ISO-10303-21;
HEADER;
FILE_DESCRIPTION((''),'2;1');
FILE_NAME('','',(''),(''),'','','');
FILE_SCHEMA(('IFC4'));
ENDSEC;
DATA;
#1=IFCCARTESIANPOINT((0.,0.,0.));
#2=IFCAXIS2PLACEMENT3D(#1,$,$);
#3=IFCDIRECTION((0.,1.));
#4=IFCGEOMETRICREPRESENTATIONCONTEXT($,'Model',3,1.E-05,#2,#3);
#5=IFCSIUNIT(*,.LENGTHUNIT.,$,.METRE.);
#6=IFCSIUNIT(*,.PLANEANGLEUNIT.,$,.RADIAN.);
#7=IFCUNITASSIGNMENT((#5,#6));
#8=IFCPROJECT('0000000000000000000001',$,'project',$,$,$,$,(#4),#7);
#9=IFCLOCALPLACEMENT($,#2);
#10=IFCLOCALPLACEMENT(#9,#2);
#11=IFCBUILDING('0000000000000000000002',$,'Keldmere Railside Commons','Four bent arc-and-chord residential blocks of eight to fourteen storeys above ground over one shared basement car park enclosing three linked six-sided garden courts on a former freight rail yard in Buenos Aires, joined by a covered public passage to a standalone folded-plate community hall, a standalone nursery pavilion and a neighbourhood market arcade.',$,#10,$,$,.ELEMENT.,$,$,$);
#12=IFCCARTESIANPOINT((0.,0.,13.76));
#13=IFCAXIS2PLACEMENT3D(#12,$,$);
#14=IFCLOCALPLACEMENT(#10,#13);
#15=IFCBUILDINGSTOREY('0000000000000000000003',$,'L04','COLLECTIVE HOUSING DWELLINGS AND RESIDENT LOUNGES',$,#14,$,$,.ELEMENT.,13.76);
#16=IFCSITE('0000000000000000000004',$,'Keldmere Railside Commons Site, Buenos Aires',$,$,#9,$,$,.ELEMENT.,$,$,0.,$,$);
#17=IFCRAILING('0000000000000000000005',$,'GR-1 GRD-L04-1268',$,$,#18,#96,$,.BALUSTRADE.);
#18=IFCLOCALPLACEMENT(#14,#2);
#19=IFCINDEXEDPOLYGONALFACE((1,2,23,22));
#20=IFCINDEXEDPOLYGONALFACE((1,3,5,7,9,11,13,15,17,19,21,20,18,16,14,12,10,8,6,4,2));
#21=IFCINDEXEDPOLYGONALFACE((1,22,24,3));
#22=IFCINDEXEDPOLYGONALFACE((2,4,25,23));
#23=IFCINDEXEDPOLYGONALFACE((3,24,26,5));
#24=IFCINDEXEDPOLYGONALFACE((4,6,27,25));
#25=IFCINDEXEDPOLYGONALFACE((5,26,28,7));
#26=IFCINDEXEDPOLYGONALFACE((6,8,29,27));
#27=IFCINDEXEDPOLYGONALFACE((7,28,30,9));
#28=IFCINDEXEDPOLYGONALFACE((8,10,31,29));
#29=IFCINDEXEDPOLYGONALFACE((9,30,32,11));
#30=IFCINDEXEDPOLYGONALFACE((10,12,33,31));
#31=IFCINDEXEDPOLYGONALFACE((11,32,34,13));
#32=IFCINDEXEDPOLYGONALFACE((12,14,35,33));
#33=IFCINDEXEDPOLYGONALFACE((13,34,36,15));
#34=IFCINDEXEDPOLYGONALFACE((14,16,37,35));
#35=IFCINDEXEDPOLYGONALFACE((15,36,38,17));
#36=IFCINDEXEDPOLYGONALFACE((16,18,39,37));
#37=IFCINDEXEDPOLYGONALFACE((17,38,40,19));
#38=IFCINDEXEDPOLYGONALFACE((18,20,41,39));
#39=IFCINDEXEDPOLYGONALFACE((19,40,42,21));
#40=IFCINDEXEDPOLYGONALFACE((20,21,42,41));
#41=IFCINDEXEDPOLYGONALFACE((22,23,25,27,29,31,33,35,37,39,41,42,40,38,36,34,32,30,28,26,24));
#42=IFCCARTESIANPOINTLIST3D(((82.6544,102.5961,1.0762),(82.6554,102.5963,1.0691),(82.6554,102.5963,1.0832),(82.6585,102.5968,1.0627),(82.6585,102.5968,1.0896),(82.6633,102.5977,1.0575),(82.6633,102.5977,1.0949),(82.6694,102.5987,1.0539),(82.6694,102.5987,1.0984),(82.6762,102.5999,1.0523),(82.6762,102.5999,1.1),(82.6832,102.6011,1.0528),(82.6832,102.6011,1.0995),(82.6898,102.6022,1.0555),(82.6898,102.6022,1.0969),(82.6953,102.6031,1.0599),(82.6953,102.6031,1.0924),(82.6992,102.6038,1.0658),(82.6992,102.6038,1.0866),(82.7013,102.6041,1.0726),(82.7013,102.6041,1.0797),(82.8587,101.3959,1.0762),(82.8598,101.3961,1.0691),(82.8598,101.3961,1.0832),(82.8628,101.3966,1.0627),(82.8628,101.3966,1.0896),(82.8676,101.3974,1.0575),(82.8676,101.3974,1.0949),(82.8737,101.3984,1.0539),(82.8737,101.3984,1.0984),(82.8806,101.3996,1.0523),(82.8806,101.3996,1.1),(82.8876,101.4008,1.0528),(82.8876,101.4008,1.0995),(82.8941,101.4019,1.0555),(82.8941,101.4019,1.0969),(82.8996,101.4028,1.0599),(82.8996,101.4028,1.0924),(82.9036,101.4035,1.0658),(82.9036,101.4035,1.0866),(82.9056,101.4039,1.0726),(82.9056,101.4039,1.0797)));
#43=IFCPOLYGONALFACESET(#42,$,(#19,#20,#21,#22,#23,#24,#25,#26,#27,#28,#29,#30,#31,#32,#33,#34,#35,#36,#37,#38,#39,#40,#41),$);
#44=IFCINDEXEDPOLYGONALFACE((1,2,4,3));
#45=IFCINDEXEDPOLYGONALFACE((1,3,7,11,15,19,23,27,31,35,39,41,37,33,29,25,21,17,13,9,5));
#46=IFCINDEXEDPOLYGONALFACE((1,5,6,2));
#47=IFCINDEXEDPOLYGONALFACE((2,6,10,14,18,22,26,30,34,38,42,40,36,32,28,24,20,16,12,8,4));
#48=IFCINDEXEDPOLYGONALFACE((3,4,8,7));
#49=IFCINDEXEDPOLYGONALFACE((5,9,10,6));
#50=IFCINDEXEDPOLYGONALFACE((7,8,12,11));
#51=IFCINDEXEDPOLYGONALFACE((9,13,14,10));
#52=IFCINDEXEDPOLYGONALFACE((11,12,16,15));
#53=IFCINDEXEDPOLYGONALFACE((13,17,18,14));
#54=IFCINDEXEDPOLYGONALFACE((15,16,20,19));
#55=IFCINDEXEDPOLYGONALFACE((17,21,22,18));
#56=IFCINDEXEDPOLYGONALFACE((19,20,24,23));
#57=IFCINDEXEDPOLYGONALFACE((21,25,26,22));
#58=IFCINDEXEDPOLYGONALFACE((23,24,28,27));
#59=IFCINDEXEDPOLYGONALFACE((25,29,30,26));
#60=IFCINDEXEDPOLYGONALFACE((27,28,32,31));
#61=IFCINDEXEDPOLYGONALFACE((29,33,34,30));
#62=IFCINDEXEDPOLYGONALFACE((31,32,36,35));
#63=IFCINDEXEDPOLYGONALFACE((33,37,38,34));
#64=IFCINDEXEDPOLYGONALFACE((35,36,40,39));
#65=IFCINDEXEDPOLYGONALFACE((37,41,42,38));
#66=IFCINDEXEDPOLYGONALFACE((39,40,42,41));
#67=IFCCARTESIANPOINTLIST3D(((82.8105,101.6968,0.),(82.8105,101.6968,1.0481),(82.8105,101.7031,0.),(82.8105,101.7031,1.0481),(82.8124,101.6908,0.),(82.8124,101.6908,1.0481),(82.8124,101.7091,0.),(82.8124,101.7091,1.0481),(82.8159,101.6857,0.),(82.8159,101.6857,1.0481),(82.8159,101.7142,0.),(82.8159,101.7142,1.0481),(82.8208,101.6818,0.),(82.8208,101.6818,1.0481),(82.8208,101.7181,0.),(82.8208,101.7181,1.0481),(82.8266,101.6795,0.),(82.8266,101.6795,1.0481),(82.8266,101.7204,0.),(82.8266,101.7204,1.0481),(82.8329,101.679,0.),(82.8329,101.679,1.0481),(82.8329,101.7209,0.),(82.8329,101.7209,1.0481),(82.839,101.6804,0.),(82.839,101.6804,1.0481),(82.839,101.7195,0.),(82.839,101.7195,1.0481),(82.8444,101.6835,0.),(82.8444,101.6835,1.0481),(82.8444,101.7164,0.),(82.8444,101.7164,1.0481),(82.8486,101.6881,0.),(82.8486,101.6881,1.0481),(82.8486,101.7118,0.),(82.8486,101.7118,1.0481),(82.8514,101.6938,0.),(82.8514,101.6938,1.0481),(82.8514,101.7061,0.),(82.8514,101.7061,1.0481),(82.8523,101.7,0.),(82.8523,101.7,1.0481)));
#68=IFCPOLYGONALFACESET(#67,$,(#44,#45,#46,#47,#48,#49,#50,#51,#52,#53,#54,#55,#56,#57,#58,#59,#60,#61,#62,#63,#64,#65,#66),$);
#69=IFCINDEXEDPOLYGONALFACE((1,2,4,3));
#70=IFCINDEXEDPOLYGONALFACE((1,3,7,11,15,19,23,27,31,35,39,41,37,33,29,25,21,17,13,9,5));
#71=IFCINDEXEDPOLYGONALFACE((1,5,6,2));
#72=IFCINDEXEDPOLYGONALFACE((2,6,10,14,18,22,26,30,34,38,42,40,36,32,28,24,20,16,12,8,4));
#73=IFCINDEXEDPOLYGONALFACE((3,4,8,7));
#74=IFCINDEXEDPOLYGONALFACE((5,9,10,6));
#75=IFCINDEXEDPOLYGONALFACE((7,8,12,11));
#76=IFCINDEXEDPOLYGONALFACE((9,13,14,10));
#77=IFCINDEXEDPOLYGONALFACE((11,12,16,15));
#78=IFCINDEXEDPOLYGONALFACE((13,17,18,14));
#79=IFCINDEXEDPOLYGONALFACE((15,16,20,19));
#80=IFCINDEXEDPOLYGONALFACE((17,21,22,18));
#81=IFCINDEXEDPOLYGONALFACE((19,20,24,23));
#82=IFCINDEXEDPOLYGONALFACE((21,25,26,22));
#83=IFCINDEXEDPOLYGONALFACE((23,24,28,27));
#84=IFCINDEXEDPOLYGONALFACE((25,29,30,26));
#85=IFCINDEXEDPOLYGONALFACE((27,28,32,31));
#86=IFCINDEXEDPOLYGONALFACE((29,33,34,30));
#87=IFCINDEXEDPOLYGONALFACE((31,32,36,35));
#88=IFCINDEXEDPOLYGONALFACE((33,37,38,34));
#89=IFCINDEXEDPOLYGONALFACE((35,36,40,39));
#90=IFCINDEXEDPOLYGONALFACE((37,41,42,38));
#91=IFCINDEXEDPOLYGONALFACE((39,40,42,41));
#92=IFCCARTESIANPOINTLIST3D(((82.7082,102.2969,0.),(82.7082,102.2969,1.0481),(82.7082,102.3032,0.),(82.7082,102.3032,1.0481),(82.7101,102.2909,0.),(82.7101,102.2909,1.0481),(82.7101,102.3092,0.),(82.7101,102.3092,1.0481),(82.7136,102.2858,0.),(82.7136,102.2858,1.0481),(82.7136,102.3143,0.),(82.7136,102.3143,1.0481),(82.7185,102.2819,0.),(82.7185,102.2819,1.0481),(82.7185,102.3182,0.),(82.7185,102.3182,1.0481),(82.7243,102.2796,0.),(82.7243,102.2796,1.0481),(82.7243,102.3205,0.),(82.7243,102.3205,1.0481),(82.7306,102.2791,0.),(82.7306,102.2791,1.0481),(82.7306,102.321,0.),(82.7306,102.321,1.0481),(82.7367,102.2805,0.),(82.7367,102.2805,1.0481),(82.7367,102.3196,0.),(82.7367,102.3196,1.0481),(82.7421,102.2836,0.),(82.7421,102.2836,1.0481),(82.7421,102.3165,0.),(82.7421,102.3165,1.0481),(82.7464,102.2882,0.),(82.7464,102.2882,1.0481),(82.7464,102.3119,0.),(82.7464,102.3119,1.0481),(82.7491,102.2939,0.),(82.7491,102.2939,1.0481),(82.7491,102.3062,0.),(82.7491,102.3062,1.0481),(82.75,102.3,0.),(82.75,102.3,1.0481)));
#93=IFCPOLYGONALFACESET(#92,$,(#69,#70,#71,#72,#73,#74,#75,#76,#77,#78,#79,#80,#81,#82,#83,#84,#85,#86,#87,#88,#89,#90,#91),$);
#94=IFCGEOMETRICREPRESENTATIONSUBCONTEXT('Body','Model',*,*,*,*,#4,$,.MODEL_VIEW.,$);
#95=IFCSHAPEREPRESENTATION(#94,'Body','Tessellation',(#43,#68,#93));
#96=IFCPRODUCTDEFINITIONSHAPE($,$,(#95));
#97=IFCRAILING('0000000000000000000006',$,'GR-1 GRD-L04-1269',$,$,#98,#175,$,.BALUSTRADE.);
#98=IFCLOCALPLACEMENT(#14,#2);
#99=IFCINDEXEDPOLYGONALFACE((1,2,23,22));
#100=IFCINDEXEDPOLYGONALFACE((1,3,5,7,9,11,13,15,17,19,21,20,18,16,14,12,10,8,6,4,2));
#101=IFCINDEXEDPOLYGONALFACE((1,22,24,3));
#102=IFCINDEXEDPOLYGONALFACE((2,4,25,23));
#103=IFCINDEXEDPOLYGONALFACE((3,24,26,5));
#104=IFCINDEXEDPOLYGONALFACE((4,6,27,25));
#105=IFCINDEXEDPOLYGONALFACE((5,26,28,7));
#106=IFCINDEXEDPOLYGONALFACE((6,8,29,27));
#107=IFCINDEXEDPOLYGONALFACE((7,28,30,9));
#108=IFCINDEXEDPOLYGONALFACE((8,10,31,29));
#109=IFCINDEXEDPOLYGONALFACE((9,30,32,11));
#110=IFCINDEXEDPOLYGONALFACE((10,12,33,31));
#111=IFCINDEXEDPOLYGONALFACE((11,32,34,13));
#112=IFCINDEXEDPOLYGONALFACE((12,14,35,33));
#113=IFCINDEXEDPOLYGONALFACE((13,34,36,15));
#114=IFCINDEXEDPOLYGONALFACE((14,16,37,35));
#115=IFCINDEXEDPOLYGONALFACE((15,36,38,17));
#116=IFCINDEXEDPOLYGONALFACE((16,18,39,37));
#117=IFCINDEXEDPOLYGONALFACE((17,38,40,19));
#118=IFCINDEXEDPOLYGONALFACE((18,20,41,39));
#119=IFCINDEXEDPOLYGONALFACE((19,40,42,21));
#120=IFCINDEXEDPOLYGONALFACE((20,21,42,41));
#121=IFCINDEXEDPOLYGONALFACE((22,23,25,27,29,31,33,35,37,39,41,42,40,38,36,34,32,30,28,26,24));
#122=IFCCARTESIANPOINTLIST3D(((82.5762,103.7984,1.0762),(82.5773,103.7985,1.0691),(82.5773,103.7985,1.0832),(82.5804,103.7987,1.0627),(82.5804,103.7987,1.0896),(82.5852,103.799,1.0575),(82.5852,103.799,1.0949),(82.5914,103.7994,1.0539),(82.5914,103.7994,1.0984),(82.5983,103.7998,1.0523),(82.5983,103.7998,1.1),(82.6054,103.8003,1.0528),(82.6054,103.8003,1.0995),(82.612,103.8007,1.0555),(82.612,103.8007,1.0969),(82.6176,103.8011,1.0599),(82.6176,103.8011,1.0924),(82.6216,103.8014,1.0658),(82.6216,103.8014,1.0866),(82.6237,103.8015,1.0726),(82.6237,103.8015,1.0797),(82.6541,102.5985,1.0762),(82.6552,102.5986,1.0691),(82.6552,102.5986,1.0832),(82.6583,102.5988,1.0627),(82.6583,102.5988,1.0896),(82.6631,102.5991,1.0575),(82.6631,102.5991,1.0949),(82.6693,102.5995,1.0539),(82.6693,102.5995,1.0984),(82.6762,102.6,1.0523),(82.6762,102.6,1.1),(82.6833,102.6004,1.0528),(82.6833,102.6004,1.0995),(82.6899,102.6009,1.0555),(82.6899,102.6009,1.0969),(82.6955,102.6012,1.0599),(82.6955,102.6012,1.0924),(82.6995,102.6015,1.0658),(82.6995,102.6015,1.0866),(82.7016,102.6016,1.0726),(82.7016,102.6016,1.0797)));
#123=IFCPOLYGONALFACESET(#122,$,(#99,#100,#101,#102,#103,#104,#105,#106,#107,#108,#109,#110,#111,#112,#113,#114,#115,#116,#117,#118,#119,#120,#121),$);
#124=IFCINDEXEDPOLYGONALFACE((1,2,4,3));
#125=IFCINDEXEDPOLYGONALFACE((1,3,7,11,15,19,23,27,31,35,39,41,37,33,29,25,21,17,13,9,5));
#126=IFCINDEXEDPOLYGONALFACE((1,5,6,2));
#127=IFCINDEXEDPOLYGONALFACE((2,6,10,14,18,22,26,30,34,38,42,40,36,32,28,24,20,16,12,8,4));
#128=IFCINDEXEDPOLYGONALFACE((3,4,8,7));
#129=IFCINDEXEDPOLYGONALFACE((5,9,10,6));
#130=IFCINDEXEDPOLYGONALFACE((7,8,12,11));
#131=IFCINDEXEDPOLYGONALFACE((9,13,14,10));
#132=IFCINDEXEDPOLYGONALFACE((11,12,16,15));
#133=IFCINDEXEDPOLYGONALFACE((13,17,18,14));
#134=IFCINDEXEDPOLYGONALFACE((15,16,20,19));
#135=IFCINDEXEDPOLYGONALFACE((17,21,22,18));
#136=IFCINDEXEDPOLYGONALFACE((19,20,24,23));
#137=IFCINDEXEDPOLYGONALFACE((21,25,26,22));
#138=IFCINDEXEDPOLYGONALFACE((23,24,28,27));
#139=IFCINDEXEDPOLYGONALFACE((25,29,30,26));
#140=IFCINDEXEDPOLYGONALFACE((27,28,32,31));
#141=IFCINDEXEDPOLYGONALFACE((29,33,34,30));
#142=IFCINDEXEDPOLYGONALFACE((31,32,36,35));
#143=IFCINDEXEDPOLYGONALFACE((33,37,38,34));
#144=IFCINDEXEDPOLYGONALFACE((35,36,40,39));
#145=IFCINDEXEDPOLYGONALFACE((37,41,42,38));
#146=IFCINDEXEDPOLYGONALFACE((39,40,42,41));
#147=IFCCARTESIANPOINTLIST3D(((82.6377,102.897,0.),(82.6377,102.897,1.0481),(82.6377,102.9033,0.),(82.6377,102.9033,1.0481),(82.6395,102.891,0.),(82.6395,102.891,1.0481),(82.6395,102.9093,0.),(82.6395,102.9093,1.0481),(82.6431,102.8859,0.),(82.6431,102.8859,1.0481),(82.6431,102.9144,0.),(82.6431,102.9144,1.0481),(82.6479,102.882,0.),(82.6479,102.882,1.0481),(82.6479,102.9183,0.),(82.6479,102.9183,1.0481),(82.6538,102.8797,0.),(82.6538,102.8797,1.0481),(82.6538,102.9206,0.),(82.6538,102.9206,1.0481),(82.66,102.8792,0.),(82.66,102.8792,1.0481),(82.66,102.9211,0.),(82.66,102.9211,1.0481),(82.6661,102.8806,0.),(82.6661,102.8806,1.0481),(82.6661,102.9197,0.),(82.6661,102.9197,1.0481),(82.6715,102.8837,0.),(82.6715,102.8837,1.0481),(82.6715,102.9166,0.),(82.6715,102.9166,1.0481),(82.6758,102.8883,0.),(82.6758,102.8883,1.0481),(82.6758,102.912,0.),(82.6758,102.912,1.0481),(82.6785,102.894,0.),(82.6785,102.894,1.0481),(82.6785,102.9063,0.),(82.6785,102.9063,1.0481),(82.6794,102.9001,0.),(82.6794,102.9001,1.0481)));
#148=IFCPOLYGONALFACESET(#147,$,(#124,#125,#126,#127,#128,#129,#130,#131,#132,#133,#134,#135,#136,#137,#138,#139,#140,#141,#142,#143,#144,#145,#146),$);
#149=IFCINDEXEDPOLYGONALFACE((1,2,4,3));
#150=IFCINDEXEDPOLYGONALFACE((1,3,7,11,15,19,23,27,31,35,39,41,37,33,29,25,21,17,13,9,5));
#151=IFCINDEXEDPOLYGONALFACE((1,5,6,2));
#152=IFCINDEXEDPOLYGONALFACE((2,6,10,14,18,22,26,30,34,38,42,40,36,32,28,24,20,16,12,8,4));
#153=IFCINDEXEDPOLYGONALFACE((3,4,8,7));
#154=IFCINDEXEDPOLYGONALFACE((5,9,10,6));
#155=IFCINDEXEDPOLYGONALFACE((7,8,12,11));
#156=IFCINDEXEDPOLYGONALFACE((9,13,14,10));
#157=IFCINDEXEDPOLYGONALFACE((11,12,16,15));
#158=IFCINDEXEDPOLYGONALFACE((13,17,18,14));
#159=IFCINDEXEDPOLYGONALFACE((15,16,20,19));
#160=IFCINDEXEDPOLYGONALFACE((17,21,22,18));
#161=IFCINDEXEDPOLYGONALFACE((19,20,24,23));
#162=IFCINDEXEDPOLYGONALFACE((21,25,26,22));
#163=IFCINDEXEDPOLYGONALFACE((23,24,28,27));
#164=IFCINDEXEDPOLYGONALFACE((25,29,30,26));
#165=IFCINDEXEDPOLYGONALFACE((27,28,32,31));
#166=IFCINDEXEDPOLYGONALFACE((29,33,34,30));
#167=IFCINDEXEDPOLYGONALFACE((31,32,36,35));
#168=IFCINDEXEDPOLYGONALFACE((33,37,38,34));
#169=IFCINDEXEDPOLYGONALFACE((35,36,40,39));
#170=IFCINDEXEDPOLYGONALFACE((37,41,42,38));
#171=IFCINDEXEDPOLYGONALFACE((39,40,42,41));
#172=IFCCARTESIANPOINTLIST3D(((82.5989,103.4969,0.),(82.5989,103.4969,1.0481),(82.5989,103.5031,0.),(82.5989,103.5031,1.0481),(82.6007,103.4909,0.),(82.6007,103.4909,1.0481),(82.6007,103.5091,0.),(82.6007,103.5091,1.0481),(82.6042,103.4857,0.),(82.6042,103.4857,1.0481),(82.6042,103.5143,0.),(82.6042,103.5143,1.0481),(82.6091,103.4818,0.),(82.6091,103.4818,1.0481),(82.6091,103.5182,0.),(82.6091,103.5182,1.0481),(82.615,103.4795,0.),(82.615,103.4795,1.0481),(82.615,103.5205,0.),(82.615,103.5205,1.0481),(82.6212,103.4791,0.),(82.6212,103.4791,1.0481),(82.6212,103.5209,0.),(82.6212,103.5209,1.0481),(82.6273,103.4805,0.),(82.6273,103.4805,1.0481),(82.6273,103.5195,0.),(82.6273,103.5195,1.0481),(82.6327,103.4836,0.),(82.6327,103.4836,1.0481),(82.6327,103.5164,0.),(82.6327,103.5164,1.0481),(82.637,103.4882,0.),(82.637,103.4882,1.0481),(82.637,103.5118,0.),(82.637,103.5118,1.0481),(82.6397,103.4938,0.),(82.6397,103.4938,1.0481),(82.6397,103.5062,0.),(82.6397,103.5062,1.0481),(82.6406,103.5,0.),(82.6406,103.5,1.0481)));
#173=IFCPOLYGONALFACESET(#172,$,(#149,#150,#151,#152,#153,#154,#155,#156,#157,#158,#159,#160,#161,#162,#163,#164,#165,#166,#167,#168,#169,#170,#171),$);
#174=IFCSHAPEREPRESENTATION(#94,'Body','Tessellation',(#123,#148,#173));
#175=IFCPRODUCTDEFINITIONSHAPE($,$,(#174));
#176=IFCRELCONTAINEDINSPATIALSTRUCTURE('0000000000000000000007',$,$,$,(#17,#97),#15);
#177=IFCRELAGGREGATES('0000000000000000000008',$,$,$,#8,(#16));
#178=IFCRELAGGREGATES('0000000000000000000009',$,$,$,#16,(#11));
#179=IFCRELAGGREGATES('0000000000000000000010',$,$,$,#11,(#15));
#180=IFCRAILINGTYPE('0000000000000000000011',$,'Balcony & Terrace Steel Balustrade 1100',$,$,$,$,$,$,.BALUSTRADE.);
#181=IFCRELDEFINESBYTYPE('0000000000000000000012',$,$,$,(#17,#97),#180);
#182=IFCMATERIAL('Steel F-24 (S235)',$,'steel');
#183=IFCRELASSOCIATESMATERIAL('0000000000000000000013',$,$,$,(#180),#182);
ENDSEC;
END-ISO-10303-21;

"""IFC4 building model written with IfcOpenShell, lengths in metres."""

from ifc_helpers import new_model, si_unit, direction, frame, origin, origin_2d, place, context, subcontext, project, spatial, circle, extrude, material, type_object, element, save


model = new_model("IFC4")

# Units and contexts
model_context = context("Model", 3, precision=1e-05, world=origin(), true_north=direction((0.0, 1.0)))
body_context = subcontext(model_context, "Body", "Model", "MODEL_VIEW")
ifc_project = project(units=[si_unit("LENGTHUNIT", "METRE"), si_unit("PLANEANGLEUNIT", "RADIAN")], contexts=[model_context])

# Site, building, storey
site_placement = place(None, origin())
site = spatial("IfcSite", under=ifc_project, at=site_placement, Name="Keldmere Railside Commons Site, Buenos Aires", CompositionType="ELEMENT", RefElevation=0.0)
building_placement = place(site_placement, origin())
building = spatial("IfcBuilding", under=site, at=building_placement, Name="Keldmere Railside Commons", Description="Four bent arc-and-chord residential blocks of eight to fourteen storeys above ground over one shared basement car park enclosing three linked six-sided garden courts on a former freight rail yard in Buenos Aires, joined by a covered public passage to a standalone folded-plate community hall, a standalone nursery pavilion and a neighbourhood market arcade.", CompositionType="ELEMENT")
storey_placement = place(building_placement, frame((0.0, 0.0, 13.76)))
storey = spatial("IfcBuildingStorey", under=building, at=storey_placement, Name="L04", Description="COLLECTIVE HOUSING DWELLINGS AND RESIDENT LOUNGES", CompositionType="ELEMENT", Elevation=13.76)

# Railings
ifc_material = material(Name="Steel F-24 (S235)", Category="steel")
railing_type = type_object("IfcRailingType", Name="Balcony & Terrace Steel Balustrade 1100", PredefinedType="BALUSTRADE", material=ifc_material)
railing_1_placement = place(storey_placement, frame((82.8823, 101.3999, 0.0)))
element("IfcRailing", 1, at=railing_1_placement, inside=storey, type_object=railing_type, Name="GR-1 GRD-L04-1268", PredefinedType="BALUSTRADE", context=body_context, shape_type="SweptSolid", body=[
    extrude(circle(Radius=0.0239, at=origin_2d()), frame((0.0, 0.0, 1.0762), z_axis=(-0.167845, 0.985813, 0.0), x_axis=(-0.985813, -0.167845, 0.0)), (0.0, 0.0, 1.0), 1.2175),
    extrude(circle(Radius=0.021, at=origin_2d()), frame((-0.051, 0.3, 0.0)), (0.0, 0.0, 1.0), 1.0481),
    extrude(circle(Radius=0.021, at=origin_2d()), frame((-0.1533, 0.9001, 0.0)), (0.0, 0.0, 1.0), 1.0481),
])
railing_2_placement = place(storey_placement, frame((82.678, 102.6001, 0.0)))
element("IfcRailing", 2, at=railing_2_placement, inside=storey, type_object=railing_type, Name="GR-1 GRD-L04-1269", PredefinedType="BALUSTRADE", context=body_context, shape_type="SweptSolid", body=[
    extrude(circle(Radius=0.0239, at=origin_2d()), frame((0.0, 0.0, 1.0762), z_axis=(-0.064767, 0.9979, 0.0), x_axis=(-0.9979, -0.064767, 0.0)), (0.0, 0.0, 1.0), 1.2024),
    extrude(circle(Radius=0.021, at=origin_2d()), frame((-0.0195, 0.3, 0.0)), (0.0, 0.0, 1.0), 1.0481),
    extrude(circle(Radius=0.021, at=origin_2d()), frame((-0.0583, 0.8999, 0.0)), (0.0, 0.0, 1.0), 1.0481),
])

save(model, "model.ifc")
